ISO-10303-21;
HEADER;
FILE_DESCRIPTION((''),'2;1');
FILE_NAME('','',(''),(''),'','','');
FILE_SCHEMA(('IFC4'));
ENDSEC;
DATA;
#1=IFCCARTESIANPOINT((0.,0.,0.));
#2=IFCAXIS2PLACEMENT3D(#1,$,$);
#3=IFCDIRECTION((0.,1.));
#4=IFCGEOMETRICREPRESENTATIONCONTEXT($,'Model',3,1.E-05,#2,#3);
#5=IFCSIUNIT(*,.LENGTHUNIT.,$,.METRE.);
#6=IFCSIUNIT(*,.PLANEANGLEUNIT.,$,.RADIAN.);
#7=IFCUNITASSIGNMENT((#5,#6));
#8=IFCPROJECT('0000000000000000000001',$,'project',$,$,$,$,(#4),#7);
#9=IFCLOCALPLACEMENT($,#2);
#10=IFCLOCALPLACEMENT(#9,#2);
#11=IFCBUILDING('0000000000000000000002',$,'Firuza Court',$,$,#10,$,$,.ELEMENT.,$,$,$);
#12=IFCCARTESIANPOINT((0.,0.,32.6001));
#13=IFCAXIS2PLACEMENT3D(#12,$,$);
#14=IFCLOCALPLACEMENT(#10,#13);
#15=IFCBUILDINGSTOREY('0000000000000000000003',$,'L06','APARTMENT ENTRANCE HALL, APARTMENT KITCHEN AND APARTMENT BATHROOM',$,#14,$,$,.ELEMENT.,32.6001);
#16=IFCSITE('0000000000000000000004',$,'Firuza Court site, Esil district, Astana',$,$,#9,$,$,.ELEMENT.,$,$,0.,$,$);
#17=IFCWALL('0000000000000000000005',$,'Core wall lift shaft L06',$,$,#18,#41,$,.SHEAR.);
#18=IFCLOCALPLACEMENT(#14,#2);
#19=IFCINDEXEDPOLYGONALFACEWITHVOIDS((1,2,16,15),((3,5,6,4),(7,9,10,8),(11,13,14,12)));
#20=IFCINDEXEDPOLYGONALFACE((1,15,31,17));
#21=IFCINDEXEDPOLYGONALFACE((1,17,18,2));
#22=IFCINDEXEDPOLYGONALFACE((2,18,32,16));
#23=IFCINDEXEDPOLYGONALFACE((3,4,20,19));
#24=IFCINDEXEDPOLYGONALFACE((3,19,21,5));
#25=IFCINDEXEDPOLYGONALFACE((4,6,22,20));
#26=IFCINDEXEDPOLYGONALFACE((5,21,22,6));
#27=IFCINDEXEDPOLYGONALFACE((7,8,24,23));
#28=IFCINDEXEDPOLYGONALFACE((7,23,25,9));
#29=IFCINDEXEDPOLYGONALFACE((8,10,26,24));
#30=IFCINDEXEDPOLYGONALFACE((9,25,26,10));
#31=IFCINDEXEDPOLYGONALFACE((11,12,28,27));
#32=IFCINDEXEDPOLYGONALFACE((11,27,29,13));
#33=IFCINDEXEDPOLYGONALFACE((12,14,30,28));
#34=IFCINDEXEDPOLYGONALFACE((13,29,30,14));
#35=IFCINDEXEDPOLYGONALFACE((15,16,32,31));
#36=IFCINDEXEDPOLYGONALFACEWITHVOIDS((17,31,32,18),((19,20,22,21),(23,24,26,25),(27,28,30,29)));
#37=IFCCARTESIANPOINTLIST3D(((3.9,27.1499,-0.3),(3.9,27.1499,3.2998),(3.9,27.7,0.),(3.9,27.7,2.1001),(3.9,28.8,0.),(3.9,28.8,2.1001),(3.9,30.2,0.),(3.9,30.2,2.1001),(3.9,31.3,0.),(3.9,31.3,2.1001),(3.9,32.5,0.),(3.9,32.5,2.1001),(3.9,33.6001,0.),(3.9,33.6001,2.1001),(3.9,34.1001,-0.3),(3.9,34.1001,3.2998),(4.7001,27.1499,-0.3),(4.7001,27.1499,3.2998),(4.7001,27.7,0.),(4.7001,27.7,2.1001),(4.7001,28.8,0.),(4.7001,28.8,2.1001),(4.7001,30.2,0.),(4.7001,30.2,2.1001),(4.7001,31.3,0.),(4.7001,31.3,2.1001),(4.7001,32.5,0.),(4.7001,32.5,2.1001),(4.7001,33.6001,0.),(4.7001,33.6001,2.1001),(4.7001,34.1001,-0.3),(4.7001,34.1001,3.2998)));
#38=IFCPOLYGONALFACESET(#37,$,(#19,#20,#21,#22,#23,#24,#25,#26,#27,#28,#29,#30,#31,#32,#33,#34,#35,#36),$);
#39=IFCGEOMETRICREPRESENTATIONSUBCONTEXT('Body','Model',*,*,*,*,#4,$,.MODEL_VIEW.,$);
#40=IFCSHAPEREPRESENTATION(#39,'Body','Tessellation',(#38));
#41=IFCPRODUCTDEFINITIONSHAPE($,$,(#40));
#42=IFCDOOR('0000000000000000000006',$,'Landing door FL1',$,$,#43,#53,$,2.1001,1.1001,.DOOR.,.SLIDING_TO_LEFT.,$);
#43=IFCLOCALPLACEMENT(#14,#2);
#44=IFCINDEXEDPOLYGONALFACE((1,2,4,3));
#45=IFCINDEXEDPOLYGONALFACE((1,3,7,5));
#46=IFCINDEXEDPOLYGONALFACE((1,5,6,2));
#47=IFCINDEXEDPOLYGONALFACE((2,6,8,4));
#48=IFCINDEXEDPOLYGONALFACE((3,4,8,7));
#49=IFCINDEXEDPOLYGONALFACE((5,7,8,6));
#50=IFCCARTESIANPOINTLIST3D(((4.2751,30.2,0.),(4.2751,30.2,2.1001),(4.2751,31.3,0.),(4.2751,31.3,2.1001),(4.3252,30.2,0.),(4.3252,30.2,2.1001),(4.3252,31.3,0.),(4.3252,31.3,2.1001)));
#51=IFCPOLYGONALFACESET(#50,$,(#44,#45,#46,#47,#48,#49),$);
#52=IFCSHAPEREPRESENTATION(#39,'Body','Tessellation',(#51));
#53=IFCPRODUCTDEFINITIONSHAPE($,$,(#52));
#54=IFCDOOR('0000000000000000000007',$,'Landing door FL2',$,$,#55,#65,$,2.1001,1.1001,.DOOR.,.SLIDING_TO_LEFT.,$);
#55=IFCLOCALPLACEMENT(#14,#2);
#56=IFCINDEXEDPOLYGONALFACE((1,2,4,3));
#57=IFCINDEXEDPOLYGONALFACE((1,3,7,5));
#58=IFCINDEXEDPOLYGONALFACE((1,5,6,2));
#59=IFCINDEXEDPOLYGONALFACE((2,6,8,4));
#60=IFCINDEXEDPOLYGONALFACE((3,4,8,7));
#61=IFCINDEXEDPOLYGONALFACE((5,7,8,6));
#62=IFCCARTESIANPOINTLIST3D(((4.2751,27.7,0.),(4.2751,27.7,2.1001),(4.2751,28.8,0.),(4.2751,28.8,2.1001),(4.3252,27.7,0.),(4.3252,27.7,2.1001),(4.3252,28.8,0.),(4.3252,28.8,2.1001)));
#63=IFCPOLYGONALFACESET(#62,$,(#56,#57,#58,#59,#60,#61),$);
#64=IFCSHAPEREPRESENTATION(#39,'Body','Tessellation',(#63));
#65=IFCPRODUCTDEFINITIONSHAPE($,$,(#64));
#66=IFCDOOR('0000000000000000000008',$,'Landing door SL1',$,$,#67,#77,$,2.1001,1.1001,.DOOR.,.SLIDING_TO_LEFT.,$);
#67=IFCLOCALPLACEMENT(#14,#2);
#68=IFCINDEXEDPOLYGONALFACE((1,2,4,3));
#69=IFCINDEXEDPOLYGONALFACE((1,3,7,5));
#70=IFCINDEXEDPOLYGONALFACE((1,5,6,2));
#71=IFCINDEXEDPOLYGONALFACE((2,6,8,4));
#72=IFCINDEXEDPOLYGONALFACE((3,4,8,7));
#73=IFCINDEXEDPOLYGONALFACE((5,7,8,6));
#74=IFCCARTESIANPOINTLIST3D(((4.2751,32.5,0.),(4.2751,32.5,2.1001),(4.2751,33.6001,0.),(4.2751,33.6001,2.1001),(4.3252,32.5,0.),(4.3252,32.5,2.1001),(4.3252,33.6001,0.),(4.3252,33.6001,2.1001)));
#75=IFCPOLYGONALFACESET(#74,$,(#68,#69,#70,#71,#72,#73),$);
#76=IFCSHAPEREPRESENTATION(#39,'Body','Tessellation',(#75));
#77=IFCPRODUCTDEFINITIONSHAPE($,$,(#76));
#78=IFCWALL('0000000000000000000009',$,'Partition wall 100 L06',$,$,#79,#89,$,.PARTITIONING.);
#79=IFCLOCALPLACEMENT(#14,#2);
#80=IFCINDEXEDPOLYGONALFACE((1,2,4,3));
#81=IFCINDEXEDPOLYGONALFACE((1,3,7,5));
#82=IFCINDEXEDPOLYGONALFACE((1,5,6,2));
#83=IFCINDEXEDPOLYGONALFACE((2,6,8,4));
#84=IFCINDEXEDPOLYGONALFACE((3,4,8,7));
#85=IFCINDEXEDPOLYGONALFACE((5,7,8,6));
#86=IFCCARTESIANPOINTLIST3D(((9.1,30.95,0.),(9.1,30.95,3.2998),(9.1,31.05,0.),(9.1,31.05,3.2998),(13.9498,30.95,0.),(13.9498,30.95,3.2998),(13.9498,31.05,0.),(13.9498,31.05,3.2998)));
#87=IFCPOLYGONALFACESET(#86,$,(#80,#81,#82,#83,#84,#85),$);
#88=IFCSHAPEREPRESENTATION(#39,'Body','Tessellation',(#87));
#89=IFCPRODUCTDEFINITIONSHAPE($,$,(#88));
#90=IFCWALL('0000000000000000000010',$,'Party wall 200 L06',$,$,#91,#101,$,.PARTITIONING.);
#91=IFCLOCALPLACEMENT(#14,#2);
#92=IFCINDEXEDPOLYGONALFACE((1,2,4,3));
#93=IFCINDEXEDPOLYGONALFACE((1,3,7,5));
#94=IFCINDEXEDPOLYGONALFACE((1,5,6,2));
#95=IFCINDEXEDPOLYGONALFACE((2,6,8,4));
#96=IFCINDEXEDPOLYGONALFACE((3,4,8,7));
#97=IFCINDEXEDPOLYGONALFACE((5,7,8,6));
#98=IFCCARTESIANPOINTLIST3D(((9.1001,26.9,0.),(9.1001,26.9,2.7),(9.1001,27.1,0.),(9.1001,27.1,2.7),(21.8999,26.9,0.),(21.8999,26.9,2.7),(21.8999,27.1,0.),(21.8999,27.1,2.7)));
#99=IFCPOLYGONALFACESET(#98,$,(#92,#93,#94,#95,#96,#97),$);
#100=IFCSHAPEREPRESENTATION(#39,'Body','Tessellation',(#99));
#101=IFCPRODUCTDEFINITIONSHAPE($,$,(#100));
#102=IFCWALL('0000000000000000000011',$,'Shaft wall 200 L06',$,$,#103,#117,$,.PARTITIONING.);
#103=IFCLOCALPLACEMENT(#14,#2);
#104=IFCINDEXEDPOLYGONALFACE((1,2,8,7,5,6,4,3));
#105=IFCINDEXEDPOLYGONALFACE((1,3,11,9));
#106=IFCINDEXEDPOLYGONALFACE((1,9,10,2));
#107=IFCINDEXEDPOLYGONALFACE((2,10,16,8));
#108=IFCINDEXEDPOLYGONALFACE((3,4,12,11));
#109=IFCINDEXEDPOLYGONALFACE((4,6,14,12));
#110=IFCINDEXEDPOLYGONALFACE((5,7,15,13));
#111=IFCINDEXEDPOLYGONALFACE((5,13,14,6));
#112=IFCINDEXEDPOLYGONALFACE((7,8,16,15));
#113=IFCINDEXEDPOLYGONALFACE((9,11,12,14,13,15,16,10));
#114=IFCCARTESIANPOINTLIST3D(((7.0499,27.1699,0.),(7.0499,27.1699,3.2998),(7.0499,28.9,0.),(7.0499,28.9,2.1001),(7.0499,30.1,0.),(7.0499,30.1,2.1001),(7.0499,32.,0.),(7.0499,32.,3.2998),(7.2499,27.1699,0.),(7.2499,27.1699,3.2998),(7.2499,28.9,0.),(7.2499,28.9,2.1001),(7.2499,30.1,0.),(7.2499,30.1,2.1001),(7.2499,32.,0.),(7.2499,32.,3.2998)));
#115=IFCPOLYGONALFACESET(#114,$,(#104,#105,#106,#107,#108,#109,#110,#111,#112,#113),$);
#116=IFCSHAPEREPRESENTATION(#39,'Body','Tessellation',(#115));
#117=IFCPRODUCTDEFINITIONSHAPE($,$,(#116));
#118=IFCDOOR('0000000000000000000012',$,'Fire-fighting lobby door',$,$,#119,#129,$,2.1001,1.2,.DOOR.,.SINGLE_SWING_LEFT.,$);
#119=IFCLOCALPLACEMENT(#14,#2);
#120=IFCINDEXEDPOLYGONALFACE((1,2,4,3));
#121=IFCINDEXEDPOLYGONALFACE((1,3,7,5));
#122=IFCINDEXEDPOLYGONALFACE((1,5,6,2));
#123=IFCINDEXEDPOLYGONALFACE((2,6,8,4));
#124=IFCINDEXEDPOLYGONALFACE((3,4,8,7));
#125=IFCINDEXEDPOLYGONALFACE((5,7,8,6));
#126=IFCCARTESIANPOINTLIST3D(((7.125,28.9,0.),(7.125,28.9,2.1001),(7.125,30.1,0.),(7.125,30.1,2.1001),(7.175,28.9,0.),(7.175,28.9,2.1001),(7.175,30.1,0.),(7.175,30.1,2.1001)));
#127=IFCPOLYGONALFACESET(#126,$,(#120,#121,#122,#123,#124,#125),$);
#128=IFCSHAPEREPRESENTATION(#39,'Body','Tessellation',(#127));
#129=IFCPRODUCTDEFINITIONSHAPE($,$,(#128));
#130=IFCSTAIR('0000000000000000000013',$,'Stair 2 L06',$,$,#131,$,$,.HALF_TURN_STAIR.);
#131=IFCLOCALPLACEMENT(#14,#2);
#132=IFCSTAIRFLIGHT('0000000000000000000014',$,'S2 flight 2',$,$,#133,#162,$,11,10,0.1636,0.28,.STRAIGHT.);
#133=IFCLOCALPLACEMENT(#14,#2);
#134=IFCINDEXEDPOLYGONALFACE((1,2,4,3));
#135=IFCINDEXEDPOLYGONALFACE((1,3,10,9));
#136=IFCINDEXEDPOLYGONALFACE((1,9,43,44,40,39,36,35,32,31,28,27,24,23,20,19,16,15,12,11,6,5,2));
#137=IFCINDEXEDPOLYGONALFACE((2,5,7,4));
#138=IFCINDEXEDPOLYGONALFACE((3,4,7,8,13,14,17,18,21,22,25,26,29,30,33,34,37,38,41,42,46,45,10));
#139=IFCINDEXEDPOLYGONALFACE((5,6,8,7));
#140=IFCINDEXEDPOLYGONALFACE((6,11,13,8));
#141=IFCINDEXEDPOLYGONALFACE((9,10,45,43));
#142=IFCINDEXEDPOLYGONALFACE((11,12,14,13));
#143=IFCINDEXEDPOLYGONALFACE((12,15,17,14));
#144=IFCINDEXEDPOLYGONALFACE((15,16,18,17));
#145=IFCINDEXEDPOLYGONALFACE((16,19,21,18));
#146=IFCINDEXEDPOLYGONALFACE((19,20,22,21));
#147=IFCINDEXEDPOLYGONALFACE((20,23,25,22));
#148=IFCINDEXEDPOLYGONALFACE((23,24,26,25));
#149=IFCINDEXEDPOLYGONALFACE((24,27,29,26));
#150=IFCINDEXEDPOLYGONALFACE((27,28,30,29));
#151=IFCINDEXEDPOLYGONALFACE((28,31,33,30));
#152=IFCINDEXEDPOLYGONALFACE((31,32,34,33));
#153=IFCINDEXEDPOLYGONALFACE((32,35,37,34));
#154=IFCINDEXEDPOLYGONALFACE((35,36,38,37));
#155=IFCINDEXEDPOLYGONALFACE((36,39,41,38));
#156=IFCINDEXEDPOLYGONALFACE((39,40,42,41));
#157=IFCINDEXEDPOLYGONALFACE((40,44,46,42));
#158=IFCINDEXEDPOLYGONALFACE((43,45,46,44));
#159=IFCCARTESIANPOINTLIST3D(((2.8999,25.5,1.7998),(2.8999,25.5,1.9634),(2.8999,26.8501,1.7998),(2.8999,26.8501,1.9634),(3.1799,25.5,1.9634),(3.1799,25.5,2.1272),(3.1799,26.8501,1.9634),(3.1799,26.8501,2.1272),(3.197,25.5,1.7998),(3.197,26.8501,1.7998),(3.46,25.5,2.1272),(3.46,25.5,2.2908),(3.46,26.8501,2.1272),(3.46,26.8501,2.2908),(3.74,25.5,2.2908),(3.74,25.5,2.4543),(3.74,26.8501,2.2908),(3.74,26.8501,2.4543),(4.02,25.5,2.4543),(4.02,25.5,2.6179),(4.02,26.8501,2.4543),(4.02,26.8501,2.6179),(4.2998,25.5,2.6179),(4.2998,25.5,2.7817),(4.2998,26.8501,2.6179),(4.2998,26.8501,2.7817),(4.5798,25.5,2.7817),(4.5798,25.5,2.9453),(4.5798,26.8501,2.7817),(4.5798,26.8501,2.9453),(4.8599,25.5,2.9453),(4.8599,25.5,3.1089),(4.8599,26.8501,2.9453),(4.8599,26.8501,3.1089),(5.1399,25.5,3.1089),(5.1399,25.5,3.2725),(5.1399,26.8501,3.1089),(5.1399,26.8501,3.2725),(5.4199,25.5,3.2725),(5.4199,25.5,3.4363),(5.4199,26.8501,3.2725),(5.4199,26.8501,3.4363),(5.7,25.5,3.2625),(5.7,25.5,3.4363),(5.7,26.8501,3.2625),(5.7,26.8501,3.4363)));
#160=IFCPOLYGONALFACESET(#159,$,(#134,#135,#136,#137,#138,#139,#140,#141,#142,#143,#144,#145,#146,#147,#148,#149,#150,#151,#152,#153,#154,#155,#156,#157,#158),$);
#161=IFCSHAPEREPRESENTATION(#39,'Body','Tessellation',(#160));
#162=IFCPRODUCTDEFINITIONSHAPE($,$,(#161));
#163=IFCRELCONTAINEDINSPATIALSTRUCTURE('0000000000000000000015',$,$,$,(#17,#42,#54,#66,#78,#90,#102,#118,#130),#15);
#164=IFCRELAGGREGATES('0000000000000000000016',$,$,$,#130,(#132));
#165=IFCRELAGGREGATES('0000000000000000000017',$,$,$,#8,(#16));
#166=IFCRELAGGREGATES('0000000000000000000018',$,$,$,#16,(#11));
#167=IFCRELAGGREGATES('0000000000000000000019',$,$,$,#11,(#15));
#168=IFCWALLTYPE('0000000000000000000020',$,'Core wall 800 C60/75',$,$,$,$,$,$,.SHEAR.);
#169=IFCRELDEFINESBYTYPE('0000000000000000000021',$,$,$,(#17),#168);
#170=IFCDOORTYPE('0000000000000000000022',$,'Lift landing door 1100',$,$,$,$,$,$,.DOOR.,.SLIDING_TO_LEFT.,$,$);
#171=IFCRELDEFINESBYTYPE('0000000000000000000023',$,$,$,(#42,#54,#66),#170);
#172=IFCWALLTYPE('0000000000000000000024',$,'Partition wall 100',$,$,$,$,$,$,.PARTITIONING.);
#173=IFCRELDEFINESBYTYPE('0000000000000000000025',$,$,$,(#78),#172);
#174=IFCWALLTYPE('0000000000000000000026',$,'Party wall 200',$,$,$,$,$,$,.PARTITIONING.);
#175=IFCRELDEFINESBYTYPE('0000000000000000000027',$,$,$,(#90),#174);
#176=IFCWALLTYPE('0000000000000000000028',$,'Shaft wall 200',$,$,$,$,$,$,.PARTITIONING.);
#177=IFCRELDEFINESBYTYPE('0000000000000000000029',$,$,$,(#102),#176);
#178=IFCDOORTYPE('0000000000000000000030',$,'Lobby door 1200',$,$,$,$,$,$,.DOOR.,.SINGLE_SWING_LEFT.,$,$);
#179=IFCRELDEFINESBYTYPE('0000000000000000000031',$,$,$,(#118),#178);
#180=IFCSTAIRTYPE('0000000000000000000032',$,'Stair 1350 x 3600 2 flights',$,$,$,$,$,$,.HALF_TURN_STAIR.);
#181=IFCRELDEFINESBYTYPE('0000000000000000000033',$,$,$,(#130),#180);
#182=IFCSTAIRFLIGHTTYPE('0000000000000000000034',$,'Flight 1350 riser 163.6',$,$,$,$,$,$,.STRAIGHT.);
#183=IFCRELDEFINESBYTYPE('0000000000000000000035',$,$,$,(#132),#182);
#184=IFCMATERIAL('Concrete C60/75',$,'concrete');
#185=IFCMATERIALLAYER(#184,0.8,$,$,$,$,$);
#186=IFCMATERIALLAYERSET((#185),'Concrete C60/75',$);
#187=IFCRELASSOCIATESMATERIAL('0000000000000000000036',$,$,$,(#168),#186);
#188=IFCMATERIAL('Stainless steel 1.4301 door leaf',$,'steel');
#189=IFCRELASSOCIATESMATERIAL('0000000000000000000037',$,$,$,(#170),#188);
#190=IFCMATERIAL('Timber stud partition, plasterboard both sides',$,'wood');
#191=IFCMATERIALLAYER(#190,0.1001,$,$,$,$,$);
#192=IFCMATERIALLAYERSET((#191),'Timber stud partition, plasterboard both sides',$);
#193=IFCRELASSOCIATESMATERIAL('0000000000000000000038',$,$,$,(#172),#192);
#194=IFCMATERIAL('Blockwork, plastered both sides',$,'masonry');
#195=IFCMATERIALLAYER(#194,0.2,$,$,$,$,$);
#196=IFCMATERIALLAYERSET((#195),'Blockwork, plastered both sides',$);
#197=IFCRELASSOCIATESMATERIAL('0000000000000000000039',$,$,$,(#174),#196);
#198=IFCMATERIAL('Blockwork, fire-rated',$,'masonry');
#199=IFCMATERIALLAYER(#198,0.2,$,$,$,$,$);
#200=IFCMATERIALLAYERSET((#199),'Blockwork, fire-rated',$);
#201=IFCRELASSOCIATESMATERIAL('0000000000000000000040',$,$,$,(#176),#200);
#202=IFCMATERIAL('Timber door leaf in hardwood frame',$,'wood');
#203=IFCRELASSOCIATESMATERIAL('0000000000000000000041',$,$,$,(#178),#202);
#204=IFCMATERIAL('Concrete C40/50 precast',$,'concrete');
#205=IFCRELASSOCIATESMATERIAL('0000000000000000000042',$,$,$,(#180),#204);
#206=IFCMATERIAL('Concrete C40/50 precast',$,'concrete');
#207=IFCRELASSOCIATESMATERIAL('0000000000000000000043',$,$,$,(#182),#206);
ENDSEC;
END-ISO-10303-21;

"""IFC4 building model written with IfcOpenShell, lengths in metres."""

from ifc_helpers import new_model, si_unit, direction, frame, frame_2d, origin, place, context, subcontext, project, spatial, polyline, rectangle, outline, extrude, material, layer, layer_set, type_object, element, fill, aggregate, save


model = new_model("IFC4")

# Units and contexts
model_context = context("Model", 3, precision=1e-05, world=origin(), true_north=direction((0.0, 1.0)))
body_context = subcontext(model_context, "Body", "Model", "MODEL_VIEW")
ifc_project = project(units=[si_unit("LENGTHUNIT", "METRE"), si_unit("PLANEANGLEUNIT", "RADIAN")], contexts=[model_context])

# Site, building, storey
site_placement = place(None, origin())
site = spatial("IfcSite", under=ifc_project, at=site_placement, Name="Firuza Court site, Esil district, Astana", CompositionType="ELEMENT", RefElevation=0.0)
building_placement = place(site_placement, origin())
building = spatial("IfcBuilding", under=site, at=building_placement, Name="Firuza Court", CompositionType="ELEMENT")
storey_placement = place(building_placement, frame((0.0, 0.0, 32.6001)))
storey = spatial("IfcBuildingStorey", under=building, at=storey_placement, Name="L06", Description="APARTMENT ENTRANCE HALL, APARTMENT KITCHEN AND APARTMENT BATHROOM", CompositionType="ELEMENT", Elevation=32.6001)

# Shared definitions
ifc_material_1 = material(Name="Concrete C60/75", Category="concrete")

# Shared definitions
ifc_layer_1 = layer(ifc_material_1, 0.8)
ifc_layer_set_1 = layer_set([ifc_layer_1], Name="Concrete C60/75")
wall_type_1 = type_object("IfcWallType", Name="Core wall 800 C60/75", PredefinedType="SHEAR", material=ifc_layer_set_1)

# Wall, openings, doors
wall_1_placement = place(storey_placement, frame((4.3, 27.1499, -0.3), z_axis=(0.0, 0.0, 1.0), x_axis=(0.0, 1.0, 0.0)))
wall_1 = element("IfcWall", 1, at=wall_1_placement, inside=storey, type_object=wall_type_1, Name="Core wall lift shaft L06", PredefinedType="SHEAR", context=body_context, shape_type="SweptSolid", body=[
    extrude(rectangle(XDim=6.9502, YDim=0.8, at=frame_2d((3.4751, 0.0))), origin(), (0.0, 0.0, 1.0), 3.5999),
])
opening_1_placement = place(wall_1_placement, frame((3.05, 0.0, 0.3)))
opening_1 = element("IfcOpeningElement", 2, at=opening_1_placement, cuts=wall_1, PredefinedType="OPENING", context=body_context, shape_type="SweptSolid", body=[
    extrude(rectangle(XDim=1.1001, YDim=2.1001, at=frame_2d((0.55, 1.05))), frame((0.0, 0.4121, 0.0), z_axis=(0.0, -1.0, 0.0), x_axis=(1.0, 0.0, 0.0)), (0.0, 0.0, 1.0), 0.824),
])
opening_2_placement = place(wall_1_placement, frame((0.55, 0.0, 0.3)))
opening_2 = element("IfcOpeningElement", 3, at=opening_2_placement, cuts=wall_1, PredefinedType="OPENING", context=body_context, shape_type="SweptSolid", body=[
    extrude(rectangle(XDim=1.1001, YDim=2.1001, at=frame_2d((0.55, 1.05))), frame((0.0, 0.4121, 0.0), z_axis=(0.0, -1.0, 0.0), x_axis=(1.0, 0.0, 0.0)), (0.0, 0.0, 1.0), 0.824),
])
opening_3_placement = place(wall_1_placement, frame((5.3501, 0.0, 0.3)))
opening_3 = element("IfcOpeningElement", 4, at=opening_3_placement, cuts=wall_1, PredefinedType="OPENING", context=body_context, shape_type="SweptSolid", body=[
    extrude(rectangle(XDim=1.1001, YDim=2.1001, at=frame_2d((0.55, 1.05))), frame((0.0, 0.4121, 0.0), z_axis=(0.0, -1.0, 0.0), x_axis=(1.0, 0.0, 0.0)), (0.0, 0.0, 1.0), 0.824),
])
ifc_material_2 = material(Name="Stainless steel 1.4301 door leaf", Category="steel")
door_type_1 = type_object("IfcDoorType", Name="Lift landing door 1100", OperationType="SLIDING_TO_LEFT", PredefinedType="DOOR", material=ifc_material_2)
door_1_placement = place(opening_1_placement, origin())
door_1 = element("IfcDoor", 5, at=door_1_placement, inside=storey, type_object=door_type_1, Name="Landing door FL1", OperationType="SLIDING_TO_LEFT", OverallHeight=2.1001, OverallWidth=1.1001, PredefinedType="DOOR", context=body_context, shape_type="SweptSolid", body=[
    extrude(rectangle(XDim=1.1001, YDim=2.1001, at=frame_2d((0.55, 1.05))), frame((0.0, 0.0249, 0.0), z_axis=(0.0, -1.0, 0.0), x_axis=(1.0, 0.0, 0.0)), (0.0, 0.0, 1.0), 0.05),
])
fill(opening_1, door_1)
door_2_placement = place(opening_2_placement, origin())
door_2 = element("IfcDoor", 6, at=door_2_placement, inside=storey, type_object=door_type_1, Name="Landing door FL2", OperationType="SLIDING_TO_LEFT", OverallHeight=2.1001, OverallWidth=1.1001, PredefinedType="DOOR", context=body_context, shape_type="SweptSolid", body=[
    extrude(rectangle(XDim=1.1001, YDim=2.1001, at=frame_2d((0.55, 1.05))), frame((0.0, 0.0249, 0.0), z_axis=(0.0, -1.0, 0.0), x_axis=(1.0, 0.0, 0.0)), (0.0, 0.0, 1.0), 0.05),
])
fill(opening_2, door_2)
door_3_placement = place(opening_3_placement, origin())
door_3 = element("IfcDoor", 7, at=door_3_placement, inside=storey, type_object=door_type_1, Name="Landing door SL1", OperationType="SLIDING_TO_LEFT", OverallHeight=2.1001, OverallWidth=1.1001, PredefinedType="DOOR", context=body_context, shape_type="SweptSolid", body=[
    extrude(rectangle(XDim=1.1001, YDim=2.1001, at=frame_2d((0.55, 1.05))), frame((0.0, 0.0249, 0.0), z_axis=(0.0, -1.0, 0.0), x_axis=(1.0, 0.0, 0.0)), (0.0, 0.0, 1.0), 0.05),
])
fill(opening_3, door_3)

# Walls
ifc_material_3 = material(Name="Timber stud partition, plasterboard both sides", Category="wood")
ifc_layer_2 = layer(ifc_material_3, 0.1001)
ifc_layer_set_2 = layer_set([ifc_layer_2], Name="Timber stud partition, plasterboard both sides")
wall_type_2 = type_object("IfcWallType", Name="Partition wall 100", PredefinedType="PARTITIONING", material=ifc_layer_set_2)
wall_2_placement = place(storey_placement, frame((9.1001, 31.0, 0.0), z_axis=(0.0, 0.0, 1.0), x_axis=(1.0, 0.0, 0.0)))
element("IfcWall", 8, at=wall_2_placement, inside=storey, type_object=wall_type_2, Name="Partition wall 100 L06", PredefinedType="PARTITIONING", context=body_context, shape_type="SweptSolid", body=[
    extrude(rectangle(XDim=4.8499, YDim=0.1001, at=frame_2d((2.4248, 0.0))), origin(), (0.0, 0.0, 1.0), 3.2998),
])
ifc_material_4 = material(Name="Blockwork, plastered both sides", Category="masonry")
ifc_layer_3 = layer(ifc_material_4, 0.2)
ifc_layer_set_3 = layer_set([ifc_layer_3], Name="Blockwork, plastered both sides")
wall_type_3 = type_object("IfcWallType", Name="Party wall 200", PredefinedType="PARTITIONING", material=ifc_layer_set_3)
wall_3_placement = place(storey_placement, frame((9.1001, 27.0, 0.0), z_axis=(0.0, 0.0, 1.0), x_axis=(1.0, 0.0, 0.0)))
element("IfcWall", 9, at=wall_3_placement, inside=storey, type_object=wall_type_3, Name="Party wall 200 L06", PredefinedType="PARTITIONING", context=body_context, shape_type="SweptSolid", body=[
    extrude(rectangle(XDim=12.7998, YDim=0.2, at=frame_2d((6.3999, 0.0))), origin(), (0.0, 0.0, 1.0), 2.7),
])

# Wall, opening, door
ifc_material_5 = material(Name="Blockwork, fire-rated", Category="masonry")
ifc_layer_4 = layer(ifc_material_5, 0.2)
ifc_layer_set_4 = layer_set([ifc_layer_4], Name="Blockwork, fire-rated")
wall_type_4 = type_object("IfcWallType", Name="Shaft wall 200", PredefinedType="PARTITIONING", material=ifc_layer_set_4)
wall_4_placement = place(storey_placement, frame((7.1499, 27.1699, 0.0), z_axis=(0.0, 0.0, 1.0), x_axis=(0.0, 1.0, 0.0)))
wall_4 = element("IfcWall", 10, at=wall_4_placement, inside=storey, type_object=wall_type_4, Name="Shaft wall 200 L06", PredefinedType="PARTITIONING", context=body_context, shape_type="SweptSolid", body=[
    extrude(rectangle(XDim=4.8301, YDim=0.2, at=frame_2d((2.415, 0.0))), origin(), (0.0, 0.0, 1.0), 3.2998),
])
opening_4_placement = place(wall_4_placement, frame((1.73, 0.0, 0.0)))
opening_4 = element("IfcOpeningElement", 11, at=opening_4_placement, cuts=wall_4, PredefinedType="OPENING", context=body_context, shape_type="SweptSolid", body=[
    extrude(rectangle(XDim=1.2, YDim=2.1001, at=frame_2d((0.6001, 1.05))), frame((0.0, 0.1118, 0.0), z_axis=(0.0, -1.0, 0.0), x_axis=(1.0, 0.0, 0.0)), (0.0, 0.0, 1.0), 0.2239),
])
ifc_material_6 = material(Name="Timber door leaf in hardwood frame", Category="wood")
door_type_2 = type_object("IfcDoorType", Name="Lobby door 1200", OperationType="SINGLE_SWING_LEFT", PredefinedType="DOOR", material=ifc_material_6)
door_4_placement = place(opening_4_placement, origin())
door_4 = element("IfcDoor", 12, at=door_4_placement, inside=storey, type_object=door_type_2, Name="Fire-fighting lobby door", OperationType="SINGLE_SWING_LEFT", OverallHeight=2.1001, OverallWidth=1.2, PredefinedType="DOOR", context=body_context, shape_type="SweptSolid", body=[
    extrude(rectangle(XDim=1.2, YDim=2.1001, at=frame_2d((0.6001, 1.05))), frame((0.0, 0.0249, 0.0), z_axis=(0.0, -1.0, 0.0), x_axis=(1.0, 0.0, 0.0)), (0.0, 0.0, 1.0), 0.05),
])
fill(opening_4, door_4)

# Stair, stair flight
ifc_material_7 = material(Name="Concrete C40/50 precast", Category="concrete")
stair_type = type_object("IfcStairType", Name="Stair 1350 x 3600 2 flights", PredefinedType="HALF_TURN_STAIR", material=ifc_material_7)
stair_placement = place(storey_placement, origin())
stair = element("IfcStair", 13, at=stair_placement, inside=storey, type_object=stair_type, Name="Stair 2 L06", PredefinedType="HALF_TURN_STAIR")
ifc_material_8 = material(Name="Concrete C40/50 precast", Category="concrete")
stair_flight_type = type_object("IfcStairFlightType", Name="Flight 1350 riser 163.6", PredefinedType="STRAIGHT", material=ifc_material_8)
stair_flight_placement = place(storey_placement, frame((2.8999, 26.175, 1.7998), z_axis=(0.0, 0.0, 1.0), x_axis=(1.0, 0.0, 0.0)))
stair_flight = element("IfcStairFlight", 14, at=stair_flight_placement, type_object=stair_flight_type, Name="S2 flight 2", NumberOfRisers=11, NumberOfTreads=10, PredefinedType="STRAIGHT", RiserHeight=0.1636, TreadLength=0.28, context=body_context, shape_type="SweptSolid", body=[
    extrude(outline(polyline([(0.0, 0.0), (0.0, 0.1636), (0.28, 0.1636), (0.28, 0.3274), (0.5601, 0.3274), (0.5601, 0.491), (0.8401, 0.491), (0.8401, 0.6545), (1.1201, 0.6545), (1.1201, 0.8181), (1.3999, 0.8181), (1.3999, 0.9819), (1.6799, 0.9819), (1.6799, 1.1455), (1.96, 1.1455), (1.96, 1.3091), (2.24, 1.3091), (2.24, 1.4727), (2.52, 1.4727), (2.52, 1.6365), (2.8, 1.6365), (2.8, 1.8), (2.8, 1.4626), (0.2971, 0.0), (0.0, 0.0)])), frame((0.0, 0.675, 0.0), z_axis=(0.0, -1.0, 0.0), x_axis=(1.0, 0.0, 0.0)), (0.0, 0.0, 1.0), 1.3501),
])
aggregate(stair, [stair_flight])

save(model, "model.ifc")
